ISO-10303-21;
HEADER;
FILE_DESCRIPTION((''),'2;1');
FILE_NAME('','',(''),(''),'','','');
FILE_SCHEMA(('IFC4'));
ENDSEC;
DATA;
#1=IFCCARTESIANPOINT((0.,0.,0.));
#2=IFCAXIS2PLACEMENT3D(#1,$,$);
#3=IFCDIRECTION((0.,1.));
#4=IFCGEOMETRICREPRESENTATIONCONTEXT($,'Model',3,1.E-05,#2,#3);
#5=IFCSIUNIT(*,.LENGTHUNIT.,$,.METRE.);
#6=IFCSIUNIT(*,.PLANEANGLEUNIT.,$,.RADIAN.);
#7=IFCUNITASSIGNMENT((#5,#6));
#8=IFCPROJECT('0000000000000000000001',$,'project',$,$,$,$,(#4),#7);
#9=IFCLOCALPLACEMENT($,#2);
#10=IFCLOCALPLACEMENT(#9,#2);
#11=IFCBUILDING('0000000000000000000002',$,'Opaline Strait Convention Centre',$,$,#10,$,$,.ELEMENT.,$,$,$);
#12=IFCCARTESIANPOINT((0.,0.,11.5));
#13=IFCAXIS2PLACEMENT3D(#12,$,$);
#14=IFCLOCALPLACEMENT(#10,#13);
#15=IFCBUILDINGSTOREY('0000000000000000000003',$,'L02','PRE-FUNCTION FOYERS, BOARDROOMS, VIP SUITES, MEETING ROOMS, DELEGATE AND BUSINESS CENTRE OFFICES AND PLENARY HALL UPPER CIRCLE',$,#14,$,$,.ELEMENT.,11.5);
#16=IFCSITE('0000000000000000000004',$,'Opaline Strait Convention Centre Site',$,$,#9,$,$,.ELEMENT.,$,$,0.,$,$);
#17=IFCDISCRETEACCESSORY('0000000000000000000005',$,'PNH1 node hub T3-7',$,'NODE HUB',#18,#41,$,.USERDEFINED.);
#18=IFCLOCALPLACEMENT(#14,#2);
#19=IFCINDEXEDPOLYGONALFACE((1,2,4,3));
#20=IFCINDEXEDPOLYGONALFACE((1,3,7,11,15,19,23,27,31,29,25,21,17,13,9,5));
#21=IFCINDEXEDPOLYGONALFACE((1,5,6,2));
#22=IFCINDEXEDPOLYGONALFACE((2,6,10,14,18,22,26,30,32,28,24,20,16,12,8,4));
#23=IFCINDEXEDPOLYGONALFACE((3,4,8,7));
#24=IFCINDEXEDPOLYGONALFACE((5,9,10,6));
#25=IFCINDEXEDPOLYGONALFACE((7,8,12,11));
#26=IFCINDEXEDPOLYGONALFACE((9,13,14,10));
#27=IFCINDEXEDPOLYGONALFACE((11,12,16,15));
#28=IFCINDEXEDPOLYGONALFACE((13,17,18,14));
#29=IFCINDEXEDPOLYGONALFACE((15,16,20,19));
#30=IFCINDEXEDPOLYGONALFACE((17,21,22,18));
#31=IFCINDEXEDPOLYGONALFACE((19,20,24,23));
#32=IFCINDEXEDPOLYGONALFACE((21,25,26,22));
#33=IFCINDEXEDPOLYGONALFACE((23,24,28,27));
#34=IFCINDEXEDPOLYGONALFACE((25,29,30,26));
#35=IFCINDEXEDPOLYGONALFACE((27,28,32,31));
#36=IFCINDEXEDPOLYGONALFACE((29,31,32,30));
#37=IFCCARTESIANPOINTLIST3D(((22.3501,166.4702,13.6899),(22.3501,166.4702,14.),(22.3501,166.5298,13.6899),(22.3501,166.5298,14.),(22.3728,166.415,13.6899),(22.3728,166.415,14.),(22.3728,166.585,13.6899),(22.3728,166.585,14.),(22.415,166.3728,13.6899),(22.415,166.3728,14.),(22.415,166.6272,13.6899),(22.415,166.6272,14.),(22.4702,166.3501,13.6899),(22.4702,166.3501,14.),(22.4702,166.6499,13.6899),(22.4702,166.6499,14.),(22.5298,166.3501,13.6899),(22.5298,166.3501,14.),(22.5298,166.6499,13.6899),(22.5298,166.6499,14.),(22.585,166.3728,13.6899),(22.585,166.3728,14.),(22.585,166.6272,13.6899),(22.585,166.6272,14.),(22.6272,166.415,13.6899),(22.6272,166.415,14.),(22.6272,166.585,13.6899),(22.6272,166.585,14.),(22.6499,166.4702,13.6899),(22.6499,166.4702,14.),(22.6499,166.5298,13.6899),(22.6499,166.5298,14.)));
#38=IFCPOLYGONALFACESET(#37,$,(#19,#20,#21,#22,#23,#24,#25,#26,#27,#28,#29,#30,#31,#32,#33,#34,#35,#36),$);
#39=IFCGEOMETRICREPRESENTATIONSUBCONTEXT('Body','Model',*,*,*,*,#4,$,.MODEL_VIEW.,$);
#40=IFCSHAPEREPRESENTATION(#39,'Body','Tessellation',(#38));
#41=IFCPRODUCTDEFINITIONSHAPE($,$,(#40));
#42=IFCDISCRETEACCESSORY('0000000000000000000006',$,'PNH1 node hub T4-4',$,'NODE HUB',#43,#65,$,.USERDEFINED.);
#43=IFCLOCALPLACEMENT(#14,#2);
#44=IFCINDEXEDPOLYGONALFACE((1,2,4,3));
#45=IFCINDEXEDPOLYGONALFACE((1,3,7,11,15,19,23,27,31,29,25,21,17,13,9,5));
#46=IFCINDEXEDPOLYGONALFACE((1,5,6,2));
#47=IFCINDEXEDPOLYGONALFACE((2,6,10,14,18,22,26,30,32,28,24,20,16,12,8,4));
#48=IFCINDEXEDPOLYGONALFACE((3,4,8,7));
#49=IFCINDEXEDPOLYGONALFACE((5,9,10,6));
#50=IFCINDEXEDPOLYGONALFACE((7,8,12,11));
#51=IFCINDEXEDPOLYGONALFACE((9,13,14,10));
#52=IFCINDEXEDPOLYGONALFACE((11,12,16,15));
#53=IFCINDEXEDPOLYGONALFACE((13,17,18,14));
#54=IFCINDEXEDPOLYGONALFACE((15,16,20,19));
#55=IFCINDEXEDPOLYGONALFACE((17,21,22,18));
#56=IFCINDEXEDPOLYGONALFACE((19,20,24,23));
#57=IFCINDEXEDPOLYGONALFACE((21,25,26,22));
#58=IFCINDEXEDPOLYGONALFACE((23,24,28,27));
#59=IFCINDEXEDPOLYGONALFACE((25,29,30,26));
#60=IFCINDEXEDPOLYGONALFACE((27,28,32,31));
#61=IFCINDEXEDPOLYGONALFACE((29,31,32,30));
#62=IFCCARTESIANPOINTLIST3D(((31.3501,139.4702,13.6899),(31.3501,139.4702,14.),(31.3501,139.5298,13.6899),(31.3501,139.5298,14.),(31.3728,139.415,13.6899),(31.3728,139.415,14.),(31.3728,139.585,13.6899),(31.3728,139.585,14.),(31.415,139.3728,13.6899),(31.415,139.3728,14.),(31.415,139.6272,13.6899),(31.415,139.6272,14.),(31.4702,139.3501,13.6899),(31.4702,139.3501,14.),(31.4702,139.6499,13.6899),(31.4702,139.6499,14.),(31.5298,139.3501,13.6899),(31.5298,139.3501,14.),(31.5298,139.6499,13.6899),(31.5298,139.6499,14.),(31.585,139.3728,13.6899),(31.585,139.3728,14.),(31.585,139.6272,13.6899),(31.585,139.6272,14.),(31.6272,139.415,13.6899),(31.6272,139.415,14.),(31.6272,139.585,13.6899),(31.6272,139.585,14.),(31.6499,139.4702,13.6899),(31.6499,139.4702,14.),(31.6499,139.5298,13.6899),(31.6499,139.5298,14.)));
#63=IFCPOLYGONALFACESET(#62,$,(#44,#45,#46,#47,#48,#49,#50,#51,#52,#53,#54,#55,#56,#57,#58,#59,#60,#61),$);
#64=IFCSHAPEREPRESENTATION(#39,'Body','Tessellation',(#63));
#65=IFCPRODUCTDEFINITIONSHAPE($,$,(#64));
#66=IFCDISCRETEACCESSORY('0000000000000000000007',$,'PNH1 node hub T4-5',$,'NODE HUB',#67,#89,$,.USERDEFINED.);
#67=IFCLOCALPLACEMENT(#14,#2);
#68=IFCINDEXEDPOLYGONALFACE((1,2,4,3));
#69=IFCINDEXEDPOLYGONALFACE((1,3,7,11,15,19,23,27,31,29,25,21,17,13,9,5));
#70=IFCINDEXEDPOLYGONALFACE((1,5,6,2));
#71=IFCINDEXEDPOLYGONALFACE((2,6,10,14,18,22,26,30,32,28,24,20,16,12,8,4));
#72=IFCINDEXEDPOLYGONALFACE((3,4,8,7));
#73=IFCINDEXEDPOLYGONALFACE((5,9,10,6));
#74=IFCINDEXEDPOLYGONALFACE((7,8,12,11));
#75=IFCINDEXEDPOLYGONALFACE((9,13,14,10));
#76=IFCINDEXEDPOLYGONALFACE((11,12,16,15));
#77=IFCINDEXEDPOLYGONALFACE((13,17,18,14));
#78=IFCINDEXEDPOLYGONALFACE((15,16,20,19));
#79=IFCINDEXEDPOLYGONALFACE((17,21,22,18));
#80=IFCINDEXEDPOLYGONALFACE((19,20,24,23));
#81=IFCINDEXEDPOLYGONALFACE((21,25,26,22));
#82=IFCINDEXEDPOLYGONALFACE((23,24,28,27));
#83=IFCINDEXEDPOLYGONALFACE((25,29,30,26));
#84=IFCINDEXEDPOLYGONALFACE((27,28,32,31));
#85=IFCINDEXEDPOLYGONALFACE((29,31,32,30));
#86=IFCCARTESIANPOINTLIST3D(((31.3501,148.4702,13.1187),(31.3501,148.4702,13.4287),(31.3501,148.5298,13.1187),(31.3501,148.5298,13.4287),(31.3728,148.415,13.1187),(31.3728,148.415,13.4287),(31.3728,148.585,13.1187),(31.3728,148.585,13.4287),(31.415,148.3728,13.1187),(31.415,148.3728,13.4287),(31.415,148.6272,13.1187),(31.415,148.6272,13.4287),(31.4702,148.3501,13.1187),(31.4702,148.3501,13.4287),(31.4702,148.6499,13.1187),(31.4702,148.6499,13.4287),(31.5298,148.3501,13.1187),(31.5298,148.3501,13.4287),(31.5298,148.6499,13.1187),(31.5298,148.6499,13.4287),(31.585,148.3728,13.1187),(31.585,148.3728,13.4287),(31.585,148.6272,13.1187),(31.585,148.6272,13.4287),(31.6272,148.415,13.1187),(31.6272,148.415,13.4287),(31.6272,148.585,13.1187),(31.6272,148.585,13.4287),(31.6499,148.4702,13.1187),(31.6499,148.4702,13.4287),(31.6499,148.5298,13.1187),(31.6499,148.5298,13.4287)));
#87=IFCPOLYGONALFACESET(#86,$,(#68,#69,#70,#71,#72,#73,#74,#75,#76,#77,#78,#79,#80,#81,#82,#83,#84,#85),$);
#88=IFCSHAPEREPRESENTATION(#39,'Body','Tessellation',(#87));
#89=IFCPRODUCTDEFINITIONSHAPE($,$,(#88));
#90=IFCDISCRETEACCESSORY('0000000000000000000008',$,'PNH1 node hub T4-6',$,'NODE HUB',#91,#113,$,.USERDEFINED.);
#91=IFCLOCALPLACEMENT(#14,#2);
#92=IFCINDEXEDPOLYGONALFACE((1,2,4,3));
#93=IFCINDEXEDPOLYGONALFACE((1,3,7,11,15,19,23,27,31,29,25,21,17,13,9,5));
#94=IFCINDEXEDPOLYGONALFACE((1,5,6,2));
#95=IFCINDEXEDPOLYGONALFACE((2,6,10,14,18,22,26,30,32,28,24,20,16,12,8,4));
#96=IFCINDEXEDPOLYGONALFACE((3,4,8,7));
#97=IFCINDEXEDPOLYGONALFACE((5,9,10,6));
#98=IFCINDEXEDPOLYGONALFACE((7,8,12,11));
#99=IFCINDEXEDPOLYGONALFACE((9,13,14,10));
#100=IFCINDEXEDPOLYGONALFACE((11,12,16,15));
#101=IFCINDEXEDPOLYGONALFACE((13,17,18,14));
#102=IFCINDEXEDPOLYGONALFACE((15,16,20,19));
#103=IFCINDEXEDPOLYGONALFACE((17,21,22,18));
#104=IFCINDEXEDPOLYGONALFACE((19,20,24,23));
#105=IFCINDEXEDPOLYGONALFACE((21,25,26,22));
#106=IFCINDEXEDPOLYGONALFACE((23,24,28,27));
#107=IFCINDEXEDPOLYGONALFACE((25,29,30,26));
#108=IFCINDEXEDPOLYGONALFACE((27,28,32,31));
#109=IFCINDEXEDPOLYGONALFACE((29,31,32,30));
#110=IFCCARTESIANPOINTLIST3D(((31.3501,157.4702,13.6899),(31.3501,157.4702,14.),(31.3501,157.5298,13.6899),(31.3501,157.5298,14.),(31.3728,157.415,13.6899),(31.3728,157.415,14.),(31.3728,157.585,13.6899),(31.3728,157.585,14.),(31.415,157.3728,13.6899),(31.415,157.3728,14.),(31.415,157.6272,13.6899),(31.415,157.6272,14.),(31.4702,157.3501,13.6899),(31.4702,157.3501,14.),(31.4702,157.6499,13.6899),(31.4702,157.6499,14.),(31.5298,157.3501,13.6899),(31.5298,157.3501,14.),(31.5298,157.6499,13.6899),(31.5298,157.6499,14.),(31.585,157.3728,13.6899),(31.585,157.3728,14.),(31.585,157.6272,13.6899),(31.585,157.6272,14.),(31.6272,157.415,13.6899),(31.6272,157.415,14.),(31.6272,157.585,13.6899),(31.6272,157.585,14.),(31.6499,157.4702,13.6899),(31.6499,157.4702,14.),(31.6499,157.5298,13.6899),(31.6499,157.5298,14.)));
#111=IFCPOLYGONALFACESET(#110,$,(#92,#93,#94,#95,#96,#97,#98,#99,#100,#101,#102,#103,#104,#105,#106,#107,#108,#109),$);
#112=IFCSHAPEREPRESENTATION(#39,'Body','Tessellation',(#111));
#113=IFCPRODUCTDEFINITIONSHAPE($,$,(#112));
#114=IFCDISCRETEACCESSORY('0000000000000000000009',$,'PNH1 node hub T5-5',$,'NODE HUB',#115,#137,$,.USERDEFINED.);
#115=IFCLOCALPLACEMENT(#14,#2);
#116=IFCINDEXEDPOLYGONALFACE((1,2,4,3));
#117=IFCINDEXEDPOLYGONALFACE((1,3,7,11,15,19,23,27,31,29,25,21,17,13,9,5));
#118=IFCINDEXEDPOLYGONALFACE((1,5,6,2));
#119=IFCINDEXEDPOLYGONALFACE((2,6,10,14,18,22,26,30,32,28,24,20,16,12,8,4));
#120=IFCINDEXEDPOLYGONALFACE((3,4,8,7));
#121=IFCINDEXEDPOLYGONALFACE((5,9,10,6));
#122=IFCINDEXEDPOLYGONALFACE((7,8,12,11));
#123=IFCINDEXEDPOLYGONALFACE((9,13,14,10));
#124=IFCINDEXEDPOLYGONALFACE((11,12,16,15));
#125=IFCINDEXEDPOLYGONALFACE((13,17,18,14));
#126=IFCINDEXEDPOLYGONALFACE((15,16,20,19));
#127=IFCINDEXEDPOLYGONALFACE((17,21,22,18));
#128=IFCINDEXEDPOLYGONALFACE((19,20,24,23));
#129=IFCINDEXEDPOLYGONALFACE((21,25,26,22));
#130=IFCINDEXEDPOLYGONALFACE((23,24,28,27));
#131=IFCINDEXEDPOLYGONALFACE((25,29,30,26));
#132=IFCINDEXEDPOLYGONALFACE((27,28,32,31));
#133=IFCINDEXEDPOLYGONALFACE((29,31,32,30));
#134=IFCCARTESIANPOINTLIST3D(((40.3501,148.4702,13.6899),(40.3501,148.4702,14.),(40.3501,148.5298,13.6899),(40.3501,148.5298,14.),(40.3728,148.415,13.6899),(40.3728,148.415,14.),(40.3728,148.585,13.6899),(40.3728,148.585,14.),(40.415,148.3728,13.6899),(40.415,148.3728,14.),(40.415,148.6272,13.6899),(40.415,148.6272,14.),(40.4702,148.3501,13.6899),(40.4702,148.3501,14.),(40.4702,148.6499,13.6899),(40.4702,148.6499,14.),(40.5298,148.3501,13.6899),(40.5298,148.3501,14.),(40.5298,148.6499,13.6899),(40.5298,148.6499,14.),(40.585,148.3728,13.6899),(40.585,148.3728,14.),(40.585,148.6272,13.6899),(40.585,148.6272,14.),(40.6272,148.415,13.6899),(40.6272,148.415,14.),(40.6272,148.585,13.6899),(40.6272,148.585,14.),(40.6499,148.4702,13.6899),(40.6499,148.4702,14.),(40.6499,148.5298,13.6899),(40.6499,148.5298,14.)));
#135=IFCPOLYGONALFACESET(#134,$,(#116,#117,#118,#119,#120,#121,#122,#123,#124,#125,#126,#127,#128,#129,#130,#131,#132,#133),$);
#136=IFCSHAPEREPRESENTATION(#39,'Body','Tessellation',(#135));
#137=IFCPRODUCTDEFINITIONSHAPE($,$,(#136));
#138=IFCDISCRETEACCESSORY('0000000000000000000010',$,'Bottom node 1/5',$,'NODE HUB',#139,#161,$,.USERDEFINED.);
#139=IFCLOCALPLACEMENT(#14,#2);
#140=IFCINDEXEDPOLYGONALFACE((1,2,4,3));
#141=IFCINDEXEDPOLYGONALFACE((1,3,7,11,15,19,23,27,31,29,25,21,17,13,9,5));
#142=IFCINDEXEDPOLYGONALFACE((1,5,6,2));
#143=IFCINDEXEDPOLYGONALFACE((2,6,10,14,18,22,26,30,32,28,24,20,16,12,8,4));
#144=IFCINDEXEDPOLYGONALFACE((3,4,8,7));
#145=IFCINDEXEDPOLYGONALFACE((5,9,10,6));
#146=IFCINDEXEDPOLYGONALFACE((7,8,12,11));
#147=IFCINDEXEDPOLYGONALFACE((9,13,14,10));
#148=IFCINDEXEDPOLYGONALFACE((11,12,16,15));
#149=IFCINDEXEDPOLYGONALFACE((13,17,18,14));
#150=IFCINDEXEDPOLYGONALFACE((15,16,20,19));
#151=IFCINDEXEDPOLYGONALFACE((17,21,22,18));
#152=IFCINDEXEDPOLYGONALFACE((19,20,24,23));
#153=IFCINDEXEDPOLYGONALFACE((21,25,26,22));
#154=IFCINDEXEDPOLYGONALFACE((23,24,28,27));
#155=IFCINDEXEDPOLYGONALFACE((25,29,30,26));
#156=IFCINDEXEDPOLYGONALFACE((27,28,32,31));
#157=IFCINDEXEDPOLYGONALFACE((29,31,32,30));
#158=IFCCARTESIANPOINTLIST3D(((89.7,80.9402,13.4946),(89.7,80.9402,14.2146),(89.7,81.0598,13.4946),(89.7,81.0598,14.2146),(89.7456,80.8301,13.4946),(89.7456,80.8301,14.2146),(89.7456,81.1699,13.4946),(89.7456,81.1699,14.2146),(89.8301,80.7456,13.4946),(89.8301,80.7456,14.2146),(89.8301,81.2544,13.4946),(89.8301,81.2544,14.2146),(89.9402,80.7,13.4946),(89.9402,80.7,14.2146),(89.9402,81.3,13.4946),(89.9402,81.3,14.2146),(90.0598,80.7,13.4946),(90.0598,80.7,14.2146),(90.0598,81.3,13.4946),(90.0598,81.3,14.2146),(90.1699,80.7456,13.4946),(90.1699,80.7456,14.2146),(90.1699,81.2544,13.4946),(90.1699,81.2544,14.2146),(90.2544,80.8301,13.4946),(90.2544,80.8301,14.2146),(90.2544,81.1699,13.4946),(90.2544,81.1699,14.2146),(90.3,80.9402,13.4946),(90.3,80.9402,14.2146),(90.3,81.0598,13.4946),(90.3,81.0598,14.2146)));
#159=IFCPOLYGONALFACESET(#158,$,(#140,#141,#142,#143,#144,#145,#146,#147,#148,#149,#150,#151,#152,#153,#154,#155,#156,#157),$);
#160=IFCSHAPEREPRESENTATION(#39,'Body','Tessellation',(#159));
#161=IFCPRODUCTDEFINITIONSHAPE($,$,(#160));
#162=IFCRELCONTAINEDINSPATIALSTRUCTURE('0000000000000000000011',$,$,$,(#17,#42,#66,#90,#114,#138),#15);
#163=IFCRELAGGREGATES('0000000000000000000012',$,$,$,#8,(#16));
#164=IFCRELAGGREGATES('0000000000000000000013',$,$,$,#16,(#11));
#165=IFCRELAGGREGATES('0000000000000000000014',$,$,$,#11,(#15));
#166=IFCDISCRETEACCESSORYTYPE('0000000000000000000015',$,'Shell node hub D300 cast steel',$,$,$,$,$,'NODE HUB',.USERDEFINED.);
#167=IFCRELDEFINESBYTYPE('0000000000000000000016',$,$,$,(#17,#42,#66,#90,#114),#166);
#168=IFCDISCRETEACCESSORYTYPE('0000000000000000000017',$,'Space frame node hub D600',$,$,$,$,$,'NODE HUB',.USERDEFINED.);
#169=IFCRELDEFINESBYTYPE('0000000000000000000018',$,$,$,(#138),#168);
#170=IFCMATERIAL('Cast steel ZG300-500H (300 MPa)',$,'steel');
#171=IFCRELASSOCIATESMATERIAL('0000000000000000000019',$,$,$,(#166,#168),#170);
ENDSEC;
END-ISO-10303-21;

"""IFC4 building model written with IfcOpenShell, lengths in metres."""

from ifc_helpers import new_model, si_unit, direction, frame, origin, place, context, subcontext, project, spatial, polyline, outline, extrude, material, type_object, element, save


model = new_model("IFC4")

# Units and contexts
model_context = context("Model", 3, precision=1e-05, world=origin(), true_north=direction((0.0, 1.0)))
body_context = subcontext(model_context, "Body", "Model", "MODEL_VIEW")
ifc_project = project(units=[si_unit("LENGTHUNIT", "METRE"), si_unit("PLANEANGLEUNIT", "RADIAN")], contexts=[model_context])

# Site, building, storey
site_placement = place(None, origin())
site = spatial("IfcSite", under=ifc_project, at=site_placement, Name="Opaline Strait Convention Centre Site", CompositionType="ELEMENT", RefElevation=0.0)
building_placement = place(site_placement, origin())
building = spatial("IfcBuilding", under=site, at=building_placement, Name="Opaline Strait Convention Centre", CompositionType="ELEMENT")
storey_placement = place(building_placement, frame((0.0, 0.0, 11.5)))
storey = spatial("IfcBuildingStorey", under=building, at=storey_placement, Name="L02", Description="PRE-FUNCTION FOYERS, BOARDROOMS, VIP SUITES, MEETING ROOMS, DELEGATE AND BUSINESS CENTRE OFFICES AND PLENARY HALL UPPER CIRCLE", CompositionType="ELEMENT", Elevation=11.5)

# Discrete accessories
ifc_material = material(Name="Cast steel ZG300-500H (300 MPa)", Category="steel")
discrete_accessory_type_1 = type_object("IfcDiscreteAccessoryType", Name="Shell node hub D300 cast steel", ElementType="NODE HUB", PredefinedType="USERDEFINED", material=ifc_material)
discrete_accessory_1_placement = place(storey_placement, frame((0.0, 0.0, 13.6899)))
element("IfcDiscreteAccessory", 1, at=discrete_accessory_1_placement, inside=storey, type_object=discrete_accessory_type_1, Name="PNH1 node hub T3-7", ObjectType="NODE HUB", PredefinedType="USERDEFINED", context=body_context, shape_type="SweptSolid", body=[
    extrude(outline(polyline([(22.6499, 166.5298), (22.6272, 166.585), (22.585, 166.6272), (22.5298, 166.6499), (22.4702, 166.6499), (22.415, 166.6272), (22.3728, 166.585), (22.3501, 166.5298), (22.3501, 166.4702), (22.3728, 166.415), (22.415, 166.3728), (22.4702, 166.3501), (22.5298, 166.3501), (22.585, 166.3728), (22.6272, 166.415), (22.6499, 166.4702), (22.6499, 166.5298)])), origin(), (0.0, 0.0, 1.0), 0.3101),
])
discrete_accessory_2_placement = place(storey_placement, frame((0.0, 0.0, 13.6899)))
element("IfcDiscreteAccessory", 2, at=discrete_accessory_2_placement, inside=storey, type_object=discrete_accessory_type_1, Name="PNH1 node hub T4-4", ObjectType="NODE HUB", PredefinedType="USERDEFINED", context=body_context, shape_type="SweptSolid", body=[
    extrude(outline(polyline([(31.6499, 139.5298), (31.6272, 139.585), (31.585, 139.6272), (31.5298, 139.6499), (31.4702, 139.6499), (31.415, 139.6272), (31.3728, 139.585), (31.3501, 139.5298), (31.3501, 139.4702), (31.3728, 139.415), (31.415, 139.3728), (31.4702, 139.3501), (31.5298, 139.3501), (31.585, 139.3728), (31.6272, 139.415), (31.6499, 139.4702), (31.6499, 139.5298)])), origin(), (0.0, 0.0, 1.0), 0.3101),
])
discrete_accessory_3_placement = place(storey_placement, frame((0.0, 0.0, 13.1187)))
element("IfcDiscreteAccessory", 3, at=discrete_accessory_3_placement, inside=storey, type_object=discrete_accessory_type_1, Name="PNH1 node hub T4-5", ObjectType="NODE HUB", PredefinedType="USERDEFINED", context=body_context, shape_type="SweptSolid", body=[
    extrude(outline(polyline([(31.6499, 148.5298), (31.6272, 148.585), (31.585, 148.6272), (31.5298, 148.6499), (31.4702, 148.6499), (31.415, 148.6272), (31.3728, 148.585), (31.3501, 148.5298), (31.3501, 148.4702), (31.3728, 148.415), (31.415, 148.3728), (31.4702, 148.3501), (31.5298, 148.3501), (31.585, 148.3728), (31.6272, 148.415), (31.6499, 148.4702), (31.6499, 148.5298)])), origin(), (0.0, 0.0, 1.0), 0.3101),
])
discrete_accessory_4_placement = place(storey_placement, frame((0.0, 0.0, 13.6899)))
element("IfcDiscreteAccessory", 4, at=discrete_accessory_4_placement, inside=storey, type_object=discrete_accessory_type_1, Name="PNH1 node hub T4-6", ObjectType="NODE HUB", PredefinedType="USERDEFINED", context=body_context, shape_type="SweptSolid", body=[
    extrude(outline(polyline([(31.6499, 157.5298), (31.6272, 157.585), (31.585, 157.6272), (31.5298, 157.6499), (31.4702, 157.6499), (31.415, 157.6272), (31.3728, 157.585), (31.3501, 157.5298), (31.3501, 157.4702), (31.3728, 157.415), (31.415, 157.3728), (31.4702, 157.3501), (31.5298, 157.3501), (31.585, 157.3728), (31.6272, 157.415), (31.6499, 157.4702), (31.6499, 157.5298)])), origin(), (0.0, 0.0, 1.0), 0.3101),
])
discrete_accessory_5_placement = place(storey_placement, frame((0.0, 0.0, 13.6899)))
element("IfcDiscreteAccessory", 5, at=discrete_accessory_5_placement, inside=storey, type_object=discrete_accessory_type_1, Name="PNH1 node hub T5-5", ObjectType="NODE HUB", PredefinedType="USERDEFINED", context=body_context, shape_type="SweptSolid", body=[
    extrude(outline(polyline([(40.6499, 148.5298), (40.6272, 148.585), (40.585, 148.6272), (40.5298, 148.6499), (40.4702, 148.6499), (40.415, 148.6272), (40.3728, 148.585), (40.3501, 148.5298), (40.3501, 148.4702), (40.3728, 148.415), (40.415, 148.3728), (40.4702, 148.3501), (40.5298, 148.3501), (40.585, 148.3728), (40.6272, 148.415), (40.6499, 148.4702), (40.6499, 148.5298)])), origin(), (0.0, 0.0, 1.0), 0.3101),
])
discrete_accessory_type_2 = type_object("IfcDiscreteAccessoryType", Name="Space frame node hub D600", ElementType="NODE HUB", PredefinedType="USERDEFINED", material=ifc_material)
discrete_accessory_6_placement = place(storey_placement, frame((0.0, 0.0, 13.4946)))
element("IfcDiscreteAccessory", 6, at=discrete_accessory_6_placement, inside=storey, type_object=discrete_accessory_type_2, Name="Bottom node 1/5", ObjectType="NODE HUB", PredefinedType="USERDEFINED", context=body_context, shape_type="SweptSolid", body=[
    extrude(outline(polyline([(90.3, 81.0598), (90.2544, 81.1699), (90.1699, 81.2544), (90.0598, 81.3), (89.9402, 81.3), (89.8301, 81.2544), (89.7456, 81.1699), (89.7, 81.0598), (89.7, 80.9402), (89.7456, 80.8301), (89.8301, 80.7456), (89.9402, 80.7), (90.0598, 80.7), (90.1699, 80.7456), (90.2544, 80.8301), (90.3, 80.9402), (90.3, 81.0598)])), origin(), (0.0, 0.0, 1.0), 0.72),
])

save(model, "model.ifc")
